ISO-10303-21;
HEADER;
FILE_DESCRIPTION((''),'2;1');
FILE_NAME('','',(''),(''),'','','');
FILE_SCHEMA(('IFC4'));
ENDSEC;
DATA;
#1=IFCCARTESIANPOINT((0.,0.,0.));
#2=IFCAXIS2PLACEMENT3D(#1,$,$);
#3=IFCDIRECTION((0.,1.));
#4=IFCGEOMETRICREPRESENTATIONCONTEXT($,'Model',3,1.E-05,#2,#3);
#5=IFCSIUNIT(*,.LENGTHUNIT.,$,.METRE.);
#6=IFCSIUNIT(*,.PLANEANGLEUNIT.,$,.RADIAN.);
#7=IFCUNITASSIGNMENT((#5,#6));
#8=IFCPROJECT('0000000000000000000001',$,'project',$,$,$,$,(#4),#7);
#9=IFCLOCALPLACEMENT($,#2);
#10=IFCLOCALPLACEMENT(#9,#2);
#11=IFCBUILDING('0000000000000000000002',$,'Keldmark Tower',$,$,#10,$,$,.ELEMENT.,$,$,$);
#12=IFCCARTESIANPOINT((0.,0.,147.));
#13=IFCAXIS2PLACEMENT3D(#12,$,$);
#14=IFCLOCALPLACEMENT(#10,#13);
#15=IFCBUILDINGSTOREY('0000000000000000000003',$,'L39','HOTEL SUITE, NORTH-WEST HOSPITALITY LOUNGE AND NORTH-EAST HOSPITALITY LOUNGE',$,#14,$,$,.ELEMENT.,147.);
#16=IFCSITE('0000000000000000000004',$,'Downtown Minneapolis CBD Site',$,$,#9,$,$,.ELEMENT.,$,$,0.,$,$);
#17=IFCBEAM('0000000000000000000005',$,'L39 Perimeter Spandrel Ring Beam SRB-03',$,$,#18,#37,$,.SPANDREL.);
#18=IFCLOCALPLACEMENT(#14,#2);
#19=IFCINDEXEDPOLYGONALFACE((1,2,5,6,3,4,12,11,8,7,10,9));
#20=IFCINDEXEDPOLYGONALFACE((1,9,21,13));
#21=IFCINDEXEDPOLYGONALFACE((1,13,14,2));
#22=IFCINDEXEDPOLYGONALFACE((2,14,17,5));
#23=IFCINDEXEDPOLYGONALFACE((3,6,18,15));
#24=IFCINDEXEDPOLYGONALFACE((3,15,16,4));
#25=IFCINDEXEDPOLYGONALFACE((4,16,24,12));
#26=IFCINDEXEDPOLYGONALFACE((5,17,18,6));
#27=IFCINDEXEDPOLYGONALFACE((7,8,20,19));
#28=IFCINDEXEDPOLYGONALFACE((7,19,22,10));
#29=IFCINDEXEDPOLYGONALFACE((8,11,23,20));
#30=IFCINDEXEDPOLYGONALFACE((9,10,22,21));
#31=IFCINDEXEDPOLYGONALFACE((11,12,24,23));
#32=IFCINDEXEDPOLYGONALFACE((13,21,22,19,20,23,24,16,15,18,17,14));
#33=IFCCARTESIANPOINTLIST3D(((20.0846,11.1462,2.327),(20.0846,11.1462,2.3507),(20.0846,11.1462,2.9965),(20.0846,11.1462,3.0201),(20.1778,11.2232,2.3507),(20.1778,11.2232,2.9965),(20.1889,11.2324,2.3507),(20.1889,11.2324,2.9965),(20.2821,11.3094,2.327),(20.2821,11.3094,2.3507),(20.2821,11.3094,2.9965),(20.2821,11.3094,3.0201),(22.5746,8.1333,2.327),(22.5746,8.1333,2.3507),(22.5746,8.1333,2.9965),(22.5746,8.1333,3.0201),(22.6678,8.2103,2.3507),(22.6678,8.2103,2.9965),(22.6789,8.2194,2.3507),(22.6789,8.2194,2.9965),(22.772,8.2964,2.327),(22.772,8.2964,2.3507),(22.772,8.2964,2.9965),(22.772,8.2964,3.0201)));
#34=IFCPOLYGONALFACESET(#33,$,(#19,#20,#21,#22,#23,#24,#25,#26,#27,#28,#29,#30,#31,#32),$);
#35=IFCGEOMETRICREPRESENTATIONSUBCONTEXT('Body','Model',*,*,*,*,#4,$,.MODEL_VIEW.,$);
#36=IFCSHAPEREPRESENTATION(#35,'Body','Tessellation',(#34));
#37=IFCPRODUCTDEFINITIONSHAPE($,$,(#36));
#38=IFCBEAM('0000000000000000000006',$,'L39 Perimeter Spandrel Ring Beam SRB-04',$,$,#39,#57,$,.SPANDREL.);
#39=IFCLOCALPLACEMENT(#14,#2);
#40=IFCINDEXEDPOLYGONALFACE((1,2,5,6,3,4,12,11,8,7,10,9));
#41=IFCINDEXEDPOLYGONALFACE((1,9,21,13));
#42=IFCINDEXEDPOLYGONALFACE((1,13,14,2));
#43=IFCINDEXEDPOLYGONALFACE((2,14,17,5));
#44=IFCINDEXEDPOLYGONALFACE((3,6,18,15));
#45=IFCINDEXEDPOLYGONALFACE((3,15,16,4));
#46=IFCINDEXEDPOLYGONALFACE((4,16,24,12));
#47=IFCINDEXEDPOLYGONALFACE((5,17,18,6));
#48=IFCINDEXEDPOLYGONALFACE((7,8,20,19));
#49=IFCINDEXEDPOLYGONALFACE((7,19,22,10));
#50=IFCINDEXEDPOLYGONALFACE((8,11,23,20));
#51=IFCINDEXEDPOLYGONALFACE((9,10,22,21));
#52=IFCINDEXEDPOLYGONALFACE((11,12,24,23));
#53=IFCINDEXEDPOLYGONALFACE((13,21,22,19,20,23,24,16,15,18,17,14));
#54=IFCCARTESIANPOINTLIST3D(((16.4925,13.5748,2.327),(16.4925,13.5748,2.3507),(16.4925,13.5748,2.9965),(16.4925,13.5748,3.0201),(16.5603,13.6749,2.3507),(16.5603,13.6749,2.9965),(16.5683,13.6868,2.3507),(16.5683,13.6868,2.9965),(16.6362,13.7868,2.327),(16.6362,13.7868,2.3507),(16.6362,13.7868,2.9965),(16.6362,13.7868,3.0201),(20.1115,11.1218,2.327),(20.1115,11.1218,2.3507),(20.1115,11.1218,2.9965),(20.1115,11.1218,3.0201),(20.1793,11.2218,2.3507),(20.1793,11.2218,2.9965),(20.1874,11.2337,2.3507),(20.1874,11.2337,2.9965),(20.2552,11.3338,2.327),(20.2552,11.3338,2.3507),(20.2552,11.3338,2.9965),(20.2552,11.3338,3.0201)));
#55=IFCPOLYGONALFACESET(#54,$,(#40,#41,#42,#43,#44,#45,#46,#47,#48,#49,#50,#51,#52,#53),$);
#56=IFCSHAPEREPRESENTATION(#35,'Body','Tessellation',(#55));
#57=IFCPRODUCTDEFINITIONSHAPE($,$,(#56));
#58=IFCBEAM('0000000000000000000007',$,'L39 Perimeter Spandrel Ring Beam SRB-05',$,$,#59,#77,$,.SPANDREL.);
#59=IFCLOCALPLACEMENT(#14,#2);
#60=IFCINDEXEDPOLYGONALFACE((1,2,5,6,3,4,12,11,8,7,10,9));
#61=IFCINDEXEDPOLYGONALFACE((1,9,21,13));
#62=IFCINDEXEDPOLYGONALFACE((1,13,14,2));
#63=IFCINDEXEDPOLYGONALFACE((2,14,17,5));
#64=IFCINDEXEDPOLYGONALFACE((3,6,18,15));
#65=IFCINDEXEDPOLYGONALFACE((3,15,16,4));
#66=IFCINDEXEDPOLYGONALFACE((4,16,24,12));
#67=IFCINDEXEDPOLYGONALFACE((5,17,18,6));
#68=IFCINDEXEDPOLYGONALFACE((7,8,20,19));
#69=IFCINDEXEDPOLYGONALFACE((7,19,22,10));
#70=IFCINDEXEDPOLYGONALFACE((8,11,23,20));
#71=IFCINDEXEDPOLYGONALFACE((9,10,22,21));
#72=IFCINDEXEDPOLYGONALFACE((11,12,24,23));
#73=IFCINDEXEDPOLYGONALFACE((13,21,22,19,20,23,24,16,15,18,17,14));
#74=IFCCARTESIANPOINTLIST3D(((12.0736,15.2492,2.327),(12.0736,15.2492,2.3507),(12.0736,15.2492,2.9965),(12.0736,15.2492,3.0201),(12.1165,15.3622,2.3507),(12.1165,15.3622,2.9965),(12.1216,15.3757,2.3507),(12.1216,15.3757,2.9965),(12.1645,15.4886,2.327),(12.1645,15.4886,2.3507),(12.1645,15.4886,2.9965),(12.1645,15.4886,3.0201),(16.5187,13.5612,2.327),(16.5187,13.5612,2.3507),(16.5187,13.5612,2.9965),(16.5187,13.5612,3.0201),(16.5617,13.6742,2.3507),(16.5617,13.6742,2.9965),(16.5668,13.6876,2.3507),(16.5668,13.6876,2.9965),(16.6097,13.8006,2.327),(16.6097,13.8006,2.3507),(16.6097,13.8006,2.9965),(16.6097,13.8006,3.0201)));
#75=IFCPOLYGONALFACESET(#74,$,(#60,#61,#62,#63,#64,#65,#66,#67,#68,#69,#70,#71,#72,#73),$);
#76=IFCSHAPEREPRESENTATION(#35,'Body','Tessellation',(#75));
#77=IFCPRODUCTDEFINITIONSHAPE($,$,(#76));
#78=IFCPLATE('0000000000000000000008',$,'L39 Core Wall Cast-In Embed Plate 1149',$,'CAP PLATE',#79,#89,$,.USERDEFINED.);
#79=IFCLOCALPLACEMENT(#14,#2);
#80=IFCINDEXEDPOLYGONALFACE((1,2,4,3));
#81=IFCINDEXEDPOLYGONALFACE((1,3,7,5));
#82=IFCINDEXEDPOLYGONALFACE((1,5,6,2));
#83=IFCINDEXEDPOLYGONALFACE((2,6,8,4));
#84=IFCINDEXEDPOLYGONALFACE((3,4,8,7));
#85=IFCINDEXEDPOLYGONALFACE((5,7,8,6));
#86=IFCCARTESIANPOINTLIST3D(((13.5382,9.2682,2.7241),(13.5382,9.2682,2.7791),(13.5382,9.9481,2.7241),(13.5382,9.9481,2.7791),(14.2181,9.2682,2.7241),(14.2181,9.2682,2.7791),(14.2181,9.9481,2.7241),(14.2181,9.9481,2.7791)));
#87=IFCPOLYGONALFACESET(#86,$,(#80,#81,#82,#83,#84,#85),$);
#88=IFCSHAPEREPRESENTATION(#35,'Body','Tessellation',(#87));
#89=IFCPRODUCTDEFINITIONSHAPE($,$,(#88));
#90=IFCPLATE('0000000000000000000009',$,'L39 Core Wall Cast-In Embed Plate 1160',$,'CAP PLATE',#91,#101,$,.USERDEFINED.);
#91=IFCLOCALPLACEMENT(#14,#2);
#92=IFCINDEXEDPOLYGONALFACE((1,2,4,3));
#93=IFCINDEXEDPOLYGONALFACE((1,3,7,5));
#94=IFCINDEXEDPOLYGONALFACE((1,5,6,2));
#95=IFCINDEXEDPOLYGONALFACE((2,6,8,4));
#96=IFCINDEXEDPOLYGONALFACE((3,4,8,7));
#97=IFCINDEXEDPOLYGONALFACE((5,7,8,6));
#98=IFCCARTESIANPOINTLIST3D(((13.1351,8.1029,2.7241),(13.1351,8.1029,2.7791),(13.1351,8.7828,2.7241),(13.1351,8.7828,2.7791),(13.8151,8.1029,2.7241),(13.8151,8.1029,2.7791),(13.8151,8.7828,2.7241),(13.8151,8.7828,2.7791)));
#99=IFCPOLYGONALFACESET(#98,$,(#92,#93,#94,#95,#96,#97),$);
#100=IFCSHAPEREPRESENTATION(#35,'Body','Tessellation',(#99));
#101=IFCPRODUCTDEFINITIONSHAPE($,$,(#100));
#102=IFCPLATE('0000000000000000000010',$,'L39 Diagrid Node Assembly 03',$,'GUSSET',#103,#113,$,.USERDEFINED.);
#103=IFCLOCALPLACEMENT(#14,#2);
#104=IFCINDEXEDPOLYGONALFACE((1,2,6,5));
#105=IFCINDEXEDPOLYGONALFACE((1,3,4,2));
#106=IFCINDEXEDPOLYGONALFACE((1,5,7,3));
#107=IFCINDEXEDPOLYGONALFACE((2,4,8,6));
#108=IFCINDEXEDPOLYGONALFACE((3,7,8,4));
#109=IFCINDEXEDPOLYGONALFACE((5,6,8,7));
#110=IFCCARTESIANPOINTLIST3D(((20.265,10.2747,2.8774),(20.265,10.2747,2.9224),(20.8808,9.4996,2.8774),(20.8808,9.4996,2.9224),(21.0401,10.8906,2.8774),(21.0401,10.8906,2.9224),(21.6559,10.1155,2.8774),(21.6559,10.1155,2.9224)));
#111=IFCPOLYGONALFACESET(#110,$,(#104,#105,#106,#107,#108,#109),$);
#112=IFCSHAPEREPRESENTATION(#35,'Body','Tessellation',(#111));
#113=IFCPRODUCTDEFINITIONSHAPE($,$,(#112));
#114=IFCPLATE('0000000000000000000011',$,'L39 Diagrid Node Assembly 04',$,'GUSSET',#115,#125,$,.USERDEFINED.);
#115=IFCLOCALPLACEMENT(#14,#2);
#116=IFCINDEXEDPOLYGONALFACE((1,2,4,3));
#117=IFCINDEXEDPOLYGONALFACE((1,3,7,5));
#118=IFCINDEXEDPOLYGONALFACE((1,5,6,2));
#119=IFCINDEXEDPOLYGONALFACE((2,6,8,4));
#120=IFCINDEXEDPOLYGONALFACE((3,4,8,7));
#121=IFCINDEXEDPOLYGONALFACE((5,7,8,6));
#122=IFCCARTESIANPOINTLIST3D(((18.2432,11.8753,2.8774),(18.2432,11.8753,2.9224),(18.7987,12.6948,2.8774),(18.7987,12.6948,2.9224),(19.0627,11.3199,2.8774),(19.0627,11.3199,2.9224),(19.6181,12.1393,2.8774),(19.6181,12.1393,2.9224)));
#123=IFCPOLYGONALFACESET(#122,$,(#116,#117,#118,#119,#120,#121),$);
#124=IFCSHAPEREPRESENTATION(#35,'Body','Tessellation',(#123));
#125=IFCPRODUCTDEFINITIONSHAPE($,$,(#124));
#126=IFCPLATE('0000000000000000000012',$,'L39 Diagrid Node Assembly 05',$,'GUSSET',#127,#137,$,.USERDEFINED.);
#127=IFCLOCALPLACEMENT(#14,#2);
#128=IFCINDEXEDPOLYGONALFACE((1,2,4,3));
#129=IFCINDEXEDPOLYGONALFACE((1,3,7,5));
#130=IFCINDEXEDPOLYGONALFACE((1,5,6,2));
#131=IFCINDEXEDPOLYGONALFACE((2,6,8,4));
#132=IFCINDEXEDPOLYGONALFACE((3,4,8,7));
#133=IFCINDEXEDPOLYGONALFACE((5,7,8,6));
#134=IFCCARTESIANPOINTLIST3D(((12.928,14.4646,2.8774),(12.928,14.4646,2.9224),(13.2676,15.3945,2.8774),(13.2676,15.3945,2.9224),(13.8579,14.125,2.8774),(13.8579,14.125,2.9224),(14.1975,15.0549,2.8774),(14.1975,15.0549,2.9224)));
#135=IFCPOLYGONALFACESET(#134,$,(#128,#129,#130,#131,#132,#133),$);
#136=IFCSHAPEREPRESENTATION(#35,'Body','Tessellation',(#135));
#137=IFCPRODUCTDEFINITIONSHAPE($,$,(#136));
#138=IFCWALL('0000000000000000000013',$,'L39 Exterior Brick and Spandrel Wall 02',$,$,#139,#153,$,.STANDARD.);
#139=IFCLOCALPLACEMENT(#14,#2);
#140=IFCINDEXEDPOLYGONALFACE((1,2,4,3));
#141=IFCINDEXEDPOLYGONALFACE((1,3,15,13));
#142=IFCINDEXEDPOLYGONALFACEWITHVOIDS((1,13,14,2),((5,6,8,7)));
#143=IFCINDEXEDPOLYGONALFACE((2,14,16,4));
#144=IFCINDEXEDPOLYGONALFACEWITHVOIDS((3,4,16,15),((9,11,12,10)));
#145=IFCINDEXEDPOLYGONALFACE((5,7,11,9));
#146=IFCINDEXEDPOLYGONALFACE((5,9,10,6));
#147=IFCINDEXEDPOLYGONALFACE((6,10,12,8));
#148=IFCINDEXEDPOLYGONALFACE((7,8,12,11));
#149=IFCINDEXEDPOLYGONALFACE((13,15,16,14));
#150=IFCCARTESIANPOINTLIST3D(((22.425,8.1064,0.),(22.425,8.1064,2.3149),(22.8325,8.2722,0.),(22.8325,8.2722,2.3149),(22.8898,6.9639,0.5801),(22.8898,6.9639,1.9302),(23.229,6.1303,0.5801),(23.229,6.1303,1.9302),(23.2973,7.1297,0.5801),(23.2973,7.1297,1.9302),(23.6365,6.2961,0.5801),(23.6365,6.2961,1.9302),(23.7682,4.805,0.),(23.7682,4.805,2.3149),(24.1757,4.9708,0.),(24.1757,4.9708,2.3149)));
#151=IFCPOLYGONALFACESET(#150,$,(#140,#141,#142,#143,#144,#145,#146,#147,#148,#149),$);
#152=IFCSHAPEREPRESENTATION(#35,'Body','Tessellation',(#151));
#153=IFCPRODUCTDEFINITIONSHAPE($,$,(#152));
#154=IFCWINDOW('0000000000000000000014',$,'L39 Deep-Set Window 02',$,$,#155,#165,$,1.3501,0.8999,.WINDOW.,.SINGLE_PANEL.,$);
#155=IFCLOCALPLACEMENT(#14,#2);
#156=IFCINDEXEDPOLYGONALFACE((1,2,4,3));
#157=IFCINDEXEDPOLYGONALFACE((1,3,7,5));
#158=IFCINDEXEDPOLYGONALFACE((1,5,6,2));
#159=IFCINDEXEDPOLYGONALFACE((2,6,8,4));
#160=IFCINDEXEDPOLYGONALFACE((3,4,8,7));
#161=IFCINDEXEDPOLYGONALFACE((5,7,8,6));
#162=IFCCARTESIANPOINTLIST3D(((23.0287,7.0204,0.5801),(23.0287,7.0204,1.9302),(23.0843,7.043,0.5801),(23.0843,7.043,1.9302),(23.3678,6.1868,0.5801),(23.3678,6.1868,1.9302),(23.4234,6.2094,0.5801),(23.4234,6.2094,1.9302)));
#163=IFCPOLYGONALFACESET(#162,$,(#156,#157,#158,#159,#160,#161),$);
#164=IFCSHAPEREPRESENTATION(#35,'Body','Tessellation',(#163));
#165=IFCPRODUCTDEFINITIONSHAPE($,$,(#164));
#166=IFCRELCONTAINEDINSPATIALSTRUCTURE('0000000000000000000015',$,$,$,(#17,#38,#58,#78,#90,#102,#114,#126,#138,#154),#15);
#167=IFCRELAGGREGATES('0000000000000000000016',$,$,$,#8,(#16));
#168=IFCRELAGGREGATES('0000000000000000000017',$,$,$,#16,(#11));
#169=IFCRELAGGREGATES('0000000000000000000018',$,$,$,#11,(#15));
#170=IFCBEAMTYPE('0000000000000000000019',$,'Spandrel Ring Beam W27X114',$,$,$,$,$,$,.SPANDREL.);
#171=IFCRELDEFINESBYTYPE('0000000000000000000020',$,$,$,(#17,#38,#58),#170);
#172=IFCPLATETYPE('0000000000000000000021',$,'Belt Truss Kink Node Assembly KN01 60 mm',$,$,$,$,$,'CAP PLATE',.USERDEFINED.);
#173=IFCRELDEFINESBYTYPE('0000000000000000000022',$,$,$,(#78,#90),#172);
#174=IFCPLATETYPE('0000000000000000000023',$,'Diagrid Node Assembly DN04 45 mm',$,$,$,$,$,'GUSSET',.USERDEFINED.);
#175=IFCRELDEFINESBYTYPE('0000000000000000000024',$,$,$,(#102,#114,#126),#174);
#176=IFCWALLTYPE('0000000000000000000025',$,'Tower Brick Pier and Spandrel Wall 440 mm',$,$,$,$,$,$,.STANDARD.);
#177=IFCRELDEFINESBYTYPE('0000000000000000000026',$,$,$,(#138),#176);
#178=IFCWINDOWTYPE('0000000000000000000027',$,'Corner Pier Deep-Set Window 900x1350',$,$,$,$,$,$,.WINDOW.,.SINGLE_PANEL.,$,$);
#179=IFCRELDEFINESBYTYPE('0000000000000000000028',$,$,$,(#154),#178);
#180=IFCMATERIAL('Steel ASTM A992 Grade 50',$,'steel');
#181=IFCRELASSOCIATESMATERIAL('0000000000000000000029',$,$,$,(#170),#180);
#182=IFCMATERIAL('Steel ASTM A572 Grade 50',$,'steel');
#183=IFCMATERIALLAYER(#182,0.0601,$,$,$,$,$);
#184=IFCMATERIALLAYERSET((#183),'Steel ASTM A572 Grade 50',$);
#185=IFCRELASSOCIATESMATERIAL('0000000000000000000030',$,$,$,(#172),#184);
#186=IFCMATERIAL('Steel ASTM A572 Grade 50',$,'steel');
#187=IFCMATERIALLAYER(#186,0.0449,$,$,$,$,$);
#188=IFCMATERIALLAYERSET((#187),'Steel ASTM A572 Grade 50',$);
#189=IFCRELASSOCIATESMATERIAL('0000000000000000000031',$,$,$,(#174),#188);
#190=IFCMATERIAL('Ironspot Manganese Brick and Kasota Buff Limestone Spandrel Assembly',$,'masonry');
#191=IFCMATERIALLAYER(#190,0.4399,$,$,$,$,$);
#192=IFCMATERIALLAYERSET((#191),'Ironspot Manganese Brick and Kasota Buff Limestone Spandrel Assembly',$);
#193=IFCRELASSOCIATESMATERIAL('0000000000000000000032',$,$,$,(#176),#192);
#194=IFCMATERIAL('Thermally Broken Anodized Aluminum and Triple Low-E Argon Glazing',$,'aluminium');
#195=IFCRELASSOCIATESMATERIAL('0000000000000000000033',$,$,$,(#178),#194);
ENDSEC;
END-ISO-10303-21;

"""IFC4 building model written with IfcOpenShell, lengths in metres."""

from ifc_helpers import new_model, si_unit, direction, frame, frame_2d, origin, origin_2d, place, context, subcontext, project, spatial, rectangle, i_section, extrude, material, layer, layer_set, material_profile, profile_set, type_object, element, fill, save


model = new_model("IFC4")

# Units and contexts
model_context = context("Model", 3, precision=1e-05, world=origin(), true_north=direction((0.0, 1.0)))
body_context = subcontext(model_context, "Body", "Model", "MODEL_VIEW")
ifc_project = project(units=[si_unit("LENGTHUNIT", "METRE"), si_unit("PLANEANGLEUNIT", "RADIAN")], contexts=[model_context])

# Site, building, storey
site_placement = place(None, origin())
site = spatial("IfcSite", under=ifc_project, at=site_placement, Name="Downtown Minneapolis CBD Site", CompositionType="ELEMENT", RefElevation=0.0)
building_placement = place(site_placement, origin())
building = spatial("IfcBuilding", under=site, at=building_placement, Name="Keldmark Tower", CompositionType="ELEMENT")
storey_placement = place(building_placement, frame((0.0, 0.0, 147.0)))
storey = spatial("IfcBuildingStorey", under=building, at=storey_placement, Name="L39", Description="HOTEL SUITE, NORTH-WEST HOSPITALITY LOUNGE AND NORTH-EAST HOSPITALITY LOUNGE", CompositionType="ELEMENT", Elevation=147.0)

# Beams
ifc_material_1 = material(Name="Steel ASTM A992 Grade 50", Category="steel")
ifc_material_profile_1 = material_profile(ifc_material_1, i_section(OverallWidth=0.2561, OverallDepth=0.6931, WebThickness=0.0144, FlangeThickness=0.0237, at=origin_2d()), Name="W27X114")
ifc_profile_set_1 = profile_set([ifc_material_profile_1], Name="Steel ASTM A992 Grade 50")
beam_type_1 = type_object("IfcBeamType", Name="Spandrel Ring Beam W27X114", PredefinedType="SPANDREL", material=ifc_profile_set_1)
beam_1_placement = place(storey_placement, frame((22.6733, 8.2148, 2.6736), z_axis=(-0.63704, 0.770831, 0.0), x_axis=(-0.770831, -0.63704, 0.0)))
element("IfcBeam", 1, at=beam_1_placement, inside=storey, type_object=beam_type_1, Name="L39 Perimeter Spandrel Ring Beam SRB-03", PredefinedType="SPANDREL", context=body_context, shape_type="SweptSolid", body=[
    extrude(i_section(OverallWidth=0.2561, OverallDepth=0.6931, WebThickness=0.0144, FlangeThickness=0.0237, at=origin_2d()), origin(), (0.0, 0.0, 1.0), 3.9087),
])
beam_2_placement = place(storey_placement, frame((20.1833, 11.2278, 2.6736), z_axis=(-0.827765, 0.561075, 0.0), x_axis=(-0.561075, -0.827765, 0.0)))
element("IfcBeam", 2, at=beam_2_placement, inside=storey, type_object=beam_type_1, Name="L39 Perimeter Spandrel Ring Beam SRB-04", PredefinedType="SPANDREL", context=body_context, shape_type="SweptSolid", body=[
    extrude(i_section(OverallWidth=0.2561, OverallDepth=0.6931, WebThickness=0.0144, FlangeThickness=0.0237, at=origin_2d()), origin(), (0.0, 0.0, 1.0), 4.3721),
])
beam_3_placement = place(storey_placement, frame((16.5642, 13.6809, 2.6736), z_axis=(-0.934863, 0.355009, 0.0), x_axis=(-0.355009, -0.934863, 0.0)))
element("IfcBeam", 3, at=beam_3_placement, inside=storey, type_object=beam_type_1, Name="L39 Perimeter Spandrel Ring Beam SRB-05", PredefinedType="SPANDREL", context=body_context, shape_type="SweptSolid", body=[
    extrude(i_section(OverallWidth=0.2561, OverallDepth=0.6931, WebThickness=0.0144, FlangeThickness=0.0237, at=origin_2d()), origin(), (0.0, 0.0, 1.0), 4.7549),
])

# Plates
ifc_material_2 = material(Name="Steel ASTM A572 Grade 50", Category="steel")
ifc_layer_1 = layer(ifc_material_2, 0.0601)
ifc_layer_set_1 = layer_set([ifc_layer_1], Name="Steel ASTM A572 Grade 50")
plate_type_1 = type_object("IfcPlateType", Name="Belt Truss Kink Node Assembly KN01 60 mm", ElementType="CAP PLATE", PredefinedType="USERDEFINED", material=ifc_layer_set_1)
for number, where, z_axis, x_axis, name in (
    (4, (13.8782, 9.6082, 2.7241), (0.0, 0.0, 1.0), (1.0, 0.0, 0.0), "L39 Core Wall Cast-In Embed Plate 1149"),
    (5, (13.4751, 8.4429, 2.7241), (0.0, 0.0, 1.0), (1.0, 0.0, 0.0), "L39 Core Wall Cast-In Embed Plate 1160"),
):
    element("IfcPlate", number, at=place(storey_placement, frame(where, z_axis=z_axis, x_axis=x_axis)), inside=storey, type_object=plate_type_1, Name=name, ObjectType="CAP PLATE", PredefinedType="USERDEFINED", context=body_context, shape_type="SweptSolid", body=[
        extrude(rectangle(XDim=0.6799, YDim=0.6799, at=origin_2d()), origin(), (0.0, 0.0, 1.0), 0.0549),
    ])
ifc_material_3 = material(Name="Steel ASTM A572 Grade 50", Category="steel")
ifc_layer_2 = layer(ifc_material_3, 0.0449)
ifc_layer_set_2 = layer_set([ifc_layer_2], Name="Steel ASTM A572 Grade 50")
plate_type_2 = type_object("IfcPlateType", Name="Diagrid Node Assembly DN04 45 mm", ElementType="GUSSET", PredefinedType="USERDEFINED", material=ifc_layer_set_2)
for number, where, z_axis, x_axis, name in (
    (6, (20.9604, 10.1951, 2.8774), (0.0, 0.0, 1.0), (-0.622105, 0.782934, 0.0), "L39 Diagrid Node Assembly 03"),
    (7, (18.9307, 12.0073, 2.8774), (0.0, 0.0, 1.0), (-0.827767, 0.561072, 0.0), "L39 Diagrid Node Assembly 04"),
    (8, (13.5627, 14.7598, 2.8774), (0.0, 0.0, 1.0), (-0.939334, 0.343004, 0.0), "L39 Diagrid Node Assembly 05"),
):
    element("IfcPlate", number, at=place(storey_placement, frame(where, z_axis=z_axis, x_axis=x_axis)), inside=storey, type_object=plate_type_2, Name=name, ObjectType="GUSSET", PredefinedType="USERDEFINED", context=body_context, shape_type="SweptSolid", body=[
        extrude(rectangle(XDim=0.99, YDim=0.99, at=origin_2d()), origin(), (0.0, 0.0, 1.0), 0.0449),
    ])

# Wall, opening, window
ifc_material_4 = material(Name="Ironspot Manganese Brick and Kasota Buff Limestone Spandrel Assembly", Category="masonry")
ifc_layer_3 = layer(ifc_material_4, 0.4399)
ifc_layer_set_3 = layer_set([ifc_layer_3], Name="Ironspot Manganese Brick and Kasota Buff Limestone Spandrel Assembly")
wall_type_1 = type_object("IfcWallType", Name="Tower Brick Pier and Spandrel Wall 440 mm", PredefinedType="STANDARD", material=ifc_layer_set_3)
wall_1_placement = place(storey_placement, frame((22.6287, 8.1895, 0.0), z_axis=(0.0, 0.0, 1.0), x_axis=(0.376864, -0.926269, 0.0)))
wall_1 = element("IfcWall", 9, at=wall_1_placement, inside=storey, type_object=wall_type_1, Name="L39 Exterior Brick and Spandrel Wall 02", PredefinedType="STANDARD", context=body_context, shape_type="SweptSolid", body=[
    extrude(rectangle(XDim=3.5642, YDim=0.4399, at=frame_2d((1.7822, 0.0))), origin(), (0.0, 0.0, 1.0), 2.3149),
])
opening_1_placement = place(wall_1_placement, frame((1.2336, 0.0, 0.5801)))
opening_1 = element("IfcOpeningElement", 10, at=opening_1_placement, cuts=wall_1, PredefinedType="OPENING", context=body_context, shape_type="SweptSolid", body=[
    extrude(rectangle(XDim=0.8999, YDim=1.3501, at=frame_2d((0.45, 0.675))), frame((0.0, 0.23, 0.0), z_axis=(0.0, -1.0, 0.0), x_axis=(1.0, 0.0, 0.0)), (0.0, 0.0, 1.0), 0.46),
])
ifc_material_5 = material(Name="Thermally Broken Anodized Aluminum and Triple Low-E Argon Glazing", Category="aluminium")
window_type_1 = type_object("IfcWindowType", Name="Corner Pier Deep-Set Window 900x1350", PartitioningType="SINGLE_PANEL", PredefinedType="WINDOW", material=ifc_material_5)
window_1_placement = place(opening_1_placement, origin())
window_1 = element("IfcWindow", 11, at=window_1_placement, inside=storey, type_object=window_type_1, Name="L39 Deep-Set Window 02", OverallHeight=1.3501, OverallWidth=0.8999, PartitioningType="SINGLE_PANEL", PredefinedType="WINDOW", context=body_context, shape_type="SweptSolid", body=[
    extrude(rectangle(XDim=0.8999, YDim=1.3501, at=frame_2d((0.45, 0.675))), frame((0.0, -0.01, 0.0), z_axis=(0.0, -1.0, 0.0), x_axis=(1.0, 0.0, 0.0)), (0.0, 0.0, 1.0), 0.0601),
])
fill(opening_1, window_1)

save(model, "model.ifc")
